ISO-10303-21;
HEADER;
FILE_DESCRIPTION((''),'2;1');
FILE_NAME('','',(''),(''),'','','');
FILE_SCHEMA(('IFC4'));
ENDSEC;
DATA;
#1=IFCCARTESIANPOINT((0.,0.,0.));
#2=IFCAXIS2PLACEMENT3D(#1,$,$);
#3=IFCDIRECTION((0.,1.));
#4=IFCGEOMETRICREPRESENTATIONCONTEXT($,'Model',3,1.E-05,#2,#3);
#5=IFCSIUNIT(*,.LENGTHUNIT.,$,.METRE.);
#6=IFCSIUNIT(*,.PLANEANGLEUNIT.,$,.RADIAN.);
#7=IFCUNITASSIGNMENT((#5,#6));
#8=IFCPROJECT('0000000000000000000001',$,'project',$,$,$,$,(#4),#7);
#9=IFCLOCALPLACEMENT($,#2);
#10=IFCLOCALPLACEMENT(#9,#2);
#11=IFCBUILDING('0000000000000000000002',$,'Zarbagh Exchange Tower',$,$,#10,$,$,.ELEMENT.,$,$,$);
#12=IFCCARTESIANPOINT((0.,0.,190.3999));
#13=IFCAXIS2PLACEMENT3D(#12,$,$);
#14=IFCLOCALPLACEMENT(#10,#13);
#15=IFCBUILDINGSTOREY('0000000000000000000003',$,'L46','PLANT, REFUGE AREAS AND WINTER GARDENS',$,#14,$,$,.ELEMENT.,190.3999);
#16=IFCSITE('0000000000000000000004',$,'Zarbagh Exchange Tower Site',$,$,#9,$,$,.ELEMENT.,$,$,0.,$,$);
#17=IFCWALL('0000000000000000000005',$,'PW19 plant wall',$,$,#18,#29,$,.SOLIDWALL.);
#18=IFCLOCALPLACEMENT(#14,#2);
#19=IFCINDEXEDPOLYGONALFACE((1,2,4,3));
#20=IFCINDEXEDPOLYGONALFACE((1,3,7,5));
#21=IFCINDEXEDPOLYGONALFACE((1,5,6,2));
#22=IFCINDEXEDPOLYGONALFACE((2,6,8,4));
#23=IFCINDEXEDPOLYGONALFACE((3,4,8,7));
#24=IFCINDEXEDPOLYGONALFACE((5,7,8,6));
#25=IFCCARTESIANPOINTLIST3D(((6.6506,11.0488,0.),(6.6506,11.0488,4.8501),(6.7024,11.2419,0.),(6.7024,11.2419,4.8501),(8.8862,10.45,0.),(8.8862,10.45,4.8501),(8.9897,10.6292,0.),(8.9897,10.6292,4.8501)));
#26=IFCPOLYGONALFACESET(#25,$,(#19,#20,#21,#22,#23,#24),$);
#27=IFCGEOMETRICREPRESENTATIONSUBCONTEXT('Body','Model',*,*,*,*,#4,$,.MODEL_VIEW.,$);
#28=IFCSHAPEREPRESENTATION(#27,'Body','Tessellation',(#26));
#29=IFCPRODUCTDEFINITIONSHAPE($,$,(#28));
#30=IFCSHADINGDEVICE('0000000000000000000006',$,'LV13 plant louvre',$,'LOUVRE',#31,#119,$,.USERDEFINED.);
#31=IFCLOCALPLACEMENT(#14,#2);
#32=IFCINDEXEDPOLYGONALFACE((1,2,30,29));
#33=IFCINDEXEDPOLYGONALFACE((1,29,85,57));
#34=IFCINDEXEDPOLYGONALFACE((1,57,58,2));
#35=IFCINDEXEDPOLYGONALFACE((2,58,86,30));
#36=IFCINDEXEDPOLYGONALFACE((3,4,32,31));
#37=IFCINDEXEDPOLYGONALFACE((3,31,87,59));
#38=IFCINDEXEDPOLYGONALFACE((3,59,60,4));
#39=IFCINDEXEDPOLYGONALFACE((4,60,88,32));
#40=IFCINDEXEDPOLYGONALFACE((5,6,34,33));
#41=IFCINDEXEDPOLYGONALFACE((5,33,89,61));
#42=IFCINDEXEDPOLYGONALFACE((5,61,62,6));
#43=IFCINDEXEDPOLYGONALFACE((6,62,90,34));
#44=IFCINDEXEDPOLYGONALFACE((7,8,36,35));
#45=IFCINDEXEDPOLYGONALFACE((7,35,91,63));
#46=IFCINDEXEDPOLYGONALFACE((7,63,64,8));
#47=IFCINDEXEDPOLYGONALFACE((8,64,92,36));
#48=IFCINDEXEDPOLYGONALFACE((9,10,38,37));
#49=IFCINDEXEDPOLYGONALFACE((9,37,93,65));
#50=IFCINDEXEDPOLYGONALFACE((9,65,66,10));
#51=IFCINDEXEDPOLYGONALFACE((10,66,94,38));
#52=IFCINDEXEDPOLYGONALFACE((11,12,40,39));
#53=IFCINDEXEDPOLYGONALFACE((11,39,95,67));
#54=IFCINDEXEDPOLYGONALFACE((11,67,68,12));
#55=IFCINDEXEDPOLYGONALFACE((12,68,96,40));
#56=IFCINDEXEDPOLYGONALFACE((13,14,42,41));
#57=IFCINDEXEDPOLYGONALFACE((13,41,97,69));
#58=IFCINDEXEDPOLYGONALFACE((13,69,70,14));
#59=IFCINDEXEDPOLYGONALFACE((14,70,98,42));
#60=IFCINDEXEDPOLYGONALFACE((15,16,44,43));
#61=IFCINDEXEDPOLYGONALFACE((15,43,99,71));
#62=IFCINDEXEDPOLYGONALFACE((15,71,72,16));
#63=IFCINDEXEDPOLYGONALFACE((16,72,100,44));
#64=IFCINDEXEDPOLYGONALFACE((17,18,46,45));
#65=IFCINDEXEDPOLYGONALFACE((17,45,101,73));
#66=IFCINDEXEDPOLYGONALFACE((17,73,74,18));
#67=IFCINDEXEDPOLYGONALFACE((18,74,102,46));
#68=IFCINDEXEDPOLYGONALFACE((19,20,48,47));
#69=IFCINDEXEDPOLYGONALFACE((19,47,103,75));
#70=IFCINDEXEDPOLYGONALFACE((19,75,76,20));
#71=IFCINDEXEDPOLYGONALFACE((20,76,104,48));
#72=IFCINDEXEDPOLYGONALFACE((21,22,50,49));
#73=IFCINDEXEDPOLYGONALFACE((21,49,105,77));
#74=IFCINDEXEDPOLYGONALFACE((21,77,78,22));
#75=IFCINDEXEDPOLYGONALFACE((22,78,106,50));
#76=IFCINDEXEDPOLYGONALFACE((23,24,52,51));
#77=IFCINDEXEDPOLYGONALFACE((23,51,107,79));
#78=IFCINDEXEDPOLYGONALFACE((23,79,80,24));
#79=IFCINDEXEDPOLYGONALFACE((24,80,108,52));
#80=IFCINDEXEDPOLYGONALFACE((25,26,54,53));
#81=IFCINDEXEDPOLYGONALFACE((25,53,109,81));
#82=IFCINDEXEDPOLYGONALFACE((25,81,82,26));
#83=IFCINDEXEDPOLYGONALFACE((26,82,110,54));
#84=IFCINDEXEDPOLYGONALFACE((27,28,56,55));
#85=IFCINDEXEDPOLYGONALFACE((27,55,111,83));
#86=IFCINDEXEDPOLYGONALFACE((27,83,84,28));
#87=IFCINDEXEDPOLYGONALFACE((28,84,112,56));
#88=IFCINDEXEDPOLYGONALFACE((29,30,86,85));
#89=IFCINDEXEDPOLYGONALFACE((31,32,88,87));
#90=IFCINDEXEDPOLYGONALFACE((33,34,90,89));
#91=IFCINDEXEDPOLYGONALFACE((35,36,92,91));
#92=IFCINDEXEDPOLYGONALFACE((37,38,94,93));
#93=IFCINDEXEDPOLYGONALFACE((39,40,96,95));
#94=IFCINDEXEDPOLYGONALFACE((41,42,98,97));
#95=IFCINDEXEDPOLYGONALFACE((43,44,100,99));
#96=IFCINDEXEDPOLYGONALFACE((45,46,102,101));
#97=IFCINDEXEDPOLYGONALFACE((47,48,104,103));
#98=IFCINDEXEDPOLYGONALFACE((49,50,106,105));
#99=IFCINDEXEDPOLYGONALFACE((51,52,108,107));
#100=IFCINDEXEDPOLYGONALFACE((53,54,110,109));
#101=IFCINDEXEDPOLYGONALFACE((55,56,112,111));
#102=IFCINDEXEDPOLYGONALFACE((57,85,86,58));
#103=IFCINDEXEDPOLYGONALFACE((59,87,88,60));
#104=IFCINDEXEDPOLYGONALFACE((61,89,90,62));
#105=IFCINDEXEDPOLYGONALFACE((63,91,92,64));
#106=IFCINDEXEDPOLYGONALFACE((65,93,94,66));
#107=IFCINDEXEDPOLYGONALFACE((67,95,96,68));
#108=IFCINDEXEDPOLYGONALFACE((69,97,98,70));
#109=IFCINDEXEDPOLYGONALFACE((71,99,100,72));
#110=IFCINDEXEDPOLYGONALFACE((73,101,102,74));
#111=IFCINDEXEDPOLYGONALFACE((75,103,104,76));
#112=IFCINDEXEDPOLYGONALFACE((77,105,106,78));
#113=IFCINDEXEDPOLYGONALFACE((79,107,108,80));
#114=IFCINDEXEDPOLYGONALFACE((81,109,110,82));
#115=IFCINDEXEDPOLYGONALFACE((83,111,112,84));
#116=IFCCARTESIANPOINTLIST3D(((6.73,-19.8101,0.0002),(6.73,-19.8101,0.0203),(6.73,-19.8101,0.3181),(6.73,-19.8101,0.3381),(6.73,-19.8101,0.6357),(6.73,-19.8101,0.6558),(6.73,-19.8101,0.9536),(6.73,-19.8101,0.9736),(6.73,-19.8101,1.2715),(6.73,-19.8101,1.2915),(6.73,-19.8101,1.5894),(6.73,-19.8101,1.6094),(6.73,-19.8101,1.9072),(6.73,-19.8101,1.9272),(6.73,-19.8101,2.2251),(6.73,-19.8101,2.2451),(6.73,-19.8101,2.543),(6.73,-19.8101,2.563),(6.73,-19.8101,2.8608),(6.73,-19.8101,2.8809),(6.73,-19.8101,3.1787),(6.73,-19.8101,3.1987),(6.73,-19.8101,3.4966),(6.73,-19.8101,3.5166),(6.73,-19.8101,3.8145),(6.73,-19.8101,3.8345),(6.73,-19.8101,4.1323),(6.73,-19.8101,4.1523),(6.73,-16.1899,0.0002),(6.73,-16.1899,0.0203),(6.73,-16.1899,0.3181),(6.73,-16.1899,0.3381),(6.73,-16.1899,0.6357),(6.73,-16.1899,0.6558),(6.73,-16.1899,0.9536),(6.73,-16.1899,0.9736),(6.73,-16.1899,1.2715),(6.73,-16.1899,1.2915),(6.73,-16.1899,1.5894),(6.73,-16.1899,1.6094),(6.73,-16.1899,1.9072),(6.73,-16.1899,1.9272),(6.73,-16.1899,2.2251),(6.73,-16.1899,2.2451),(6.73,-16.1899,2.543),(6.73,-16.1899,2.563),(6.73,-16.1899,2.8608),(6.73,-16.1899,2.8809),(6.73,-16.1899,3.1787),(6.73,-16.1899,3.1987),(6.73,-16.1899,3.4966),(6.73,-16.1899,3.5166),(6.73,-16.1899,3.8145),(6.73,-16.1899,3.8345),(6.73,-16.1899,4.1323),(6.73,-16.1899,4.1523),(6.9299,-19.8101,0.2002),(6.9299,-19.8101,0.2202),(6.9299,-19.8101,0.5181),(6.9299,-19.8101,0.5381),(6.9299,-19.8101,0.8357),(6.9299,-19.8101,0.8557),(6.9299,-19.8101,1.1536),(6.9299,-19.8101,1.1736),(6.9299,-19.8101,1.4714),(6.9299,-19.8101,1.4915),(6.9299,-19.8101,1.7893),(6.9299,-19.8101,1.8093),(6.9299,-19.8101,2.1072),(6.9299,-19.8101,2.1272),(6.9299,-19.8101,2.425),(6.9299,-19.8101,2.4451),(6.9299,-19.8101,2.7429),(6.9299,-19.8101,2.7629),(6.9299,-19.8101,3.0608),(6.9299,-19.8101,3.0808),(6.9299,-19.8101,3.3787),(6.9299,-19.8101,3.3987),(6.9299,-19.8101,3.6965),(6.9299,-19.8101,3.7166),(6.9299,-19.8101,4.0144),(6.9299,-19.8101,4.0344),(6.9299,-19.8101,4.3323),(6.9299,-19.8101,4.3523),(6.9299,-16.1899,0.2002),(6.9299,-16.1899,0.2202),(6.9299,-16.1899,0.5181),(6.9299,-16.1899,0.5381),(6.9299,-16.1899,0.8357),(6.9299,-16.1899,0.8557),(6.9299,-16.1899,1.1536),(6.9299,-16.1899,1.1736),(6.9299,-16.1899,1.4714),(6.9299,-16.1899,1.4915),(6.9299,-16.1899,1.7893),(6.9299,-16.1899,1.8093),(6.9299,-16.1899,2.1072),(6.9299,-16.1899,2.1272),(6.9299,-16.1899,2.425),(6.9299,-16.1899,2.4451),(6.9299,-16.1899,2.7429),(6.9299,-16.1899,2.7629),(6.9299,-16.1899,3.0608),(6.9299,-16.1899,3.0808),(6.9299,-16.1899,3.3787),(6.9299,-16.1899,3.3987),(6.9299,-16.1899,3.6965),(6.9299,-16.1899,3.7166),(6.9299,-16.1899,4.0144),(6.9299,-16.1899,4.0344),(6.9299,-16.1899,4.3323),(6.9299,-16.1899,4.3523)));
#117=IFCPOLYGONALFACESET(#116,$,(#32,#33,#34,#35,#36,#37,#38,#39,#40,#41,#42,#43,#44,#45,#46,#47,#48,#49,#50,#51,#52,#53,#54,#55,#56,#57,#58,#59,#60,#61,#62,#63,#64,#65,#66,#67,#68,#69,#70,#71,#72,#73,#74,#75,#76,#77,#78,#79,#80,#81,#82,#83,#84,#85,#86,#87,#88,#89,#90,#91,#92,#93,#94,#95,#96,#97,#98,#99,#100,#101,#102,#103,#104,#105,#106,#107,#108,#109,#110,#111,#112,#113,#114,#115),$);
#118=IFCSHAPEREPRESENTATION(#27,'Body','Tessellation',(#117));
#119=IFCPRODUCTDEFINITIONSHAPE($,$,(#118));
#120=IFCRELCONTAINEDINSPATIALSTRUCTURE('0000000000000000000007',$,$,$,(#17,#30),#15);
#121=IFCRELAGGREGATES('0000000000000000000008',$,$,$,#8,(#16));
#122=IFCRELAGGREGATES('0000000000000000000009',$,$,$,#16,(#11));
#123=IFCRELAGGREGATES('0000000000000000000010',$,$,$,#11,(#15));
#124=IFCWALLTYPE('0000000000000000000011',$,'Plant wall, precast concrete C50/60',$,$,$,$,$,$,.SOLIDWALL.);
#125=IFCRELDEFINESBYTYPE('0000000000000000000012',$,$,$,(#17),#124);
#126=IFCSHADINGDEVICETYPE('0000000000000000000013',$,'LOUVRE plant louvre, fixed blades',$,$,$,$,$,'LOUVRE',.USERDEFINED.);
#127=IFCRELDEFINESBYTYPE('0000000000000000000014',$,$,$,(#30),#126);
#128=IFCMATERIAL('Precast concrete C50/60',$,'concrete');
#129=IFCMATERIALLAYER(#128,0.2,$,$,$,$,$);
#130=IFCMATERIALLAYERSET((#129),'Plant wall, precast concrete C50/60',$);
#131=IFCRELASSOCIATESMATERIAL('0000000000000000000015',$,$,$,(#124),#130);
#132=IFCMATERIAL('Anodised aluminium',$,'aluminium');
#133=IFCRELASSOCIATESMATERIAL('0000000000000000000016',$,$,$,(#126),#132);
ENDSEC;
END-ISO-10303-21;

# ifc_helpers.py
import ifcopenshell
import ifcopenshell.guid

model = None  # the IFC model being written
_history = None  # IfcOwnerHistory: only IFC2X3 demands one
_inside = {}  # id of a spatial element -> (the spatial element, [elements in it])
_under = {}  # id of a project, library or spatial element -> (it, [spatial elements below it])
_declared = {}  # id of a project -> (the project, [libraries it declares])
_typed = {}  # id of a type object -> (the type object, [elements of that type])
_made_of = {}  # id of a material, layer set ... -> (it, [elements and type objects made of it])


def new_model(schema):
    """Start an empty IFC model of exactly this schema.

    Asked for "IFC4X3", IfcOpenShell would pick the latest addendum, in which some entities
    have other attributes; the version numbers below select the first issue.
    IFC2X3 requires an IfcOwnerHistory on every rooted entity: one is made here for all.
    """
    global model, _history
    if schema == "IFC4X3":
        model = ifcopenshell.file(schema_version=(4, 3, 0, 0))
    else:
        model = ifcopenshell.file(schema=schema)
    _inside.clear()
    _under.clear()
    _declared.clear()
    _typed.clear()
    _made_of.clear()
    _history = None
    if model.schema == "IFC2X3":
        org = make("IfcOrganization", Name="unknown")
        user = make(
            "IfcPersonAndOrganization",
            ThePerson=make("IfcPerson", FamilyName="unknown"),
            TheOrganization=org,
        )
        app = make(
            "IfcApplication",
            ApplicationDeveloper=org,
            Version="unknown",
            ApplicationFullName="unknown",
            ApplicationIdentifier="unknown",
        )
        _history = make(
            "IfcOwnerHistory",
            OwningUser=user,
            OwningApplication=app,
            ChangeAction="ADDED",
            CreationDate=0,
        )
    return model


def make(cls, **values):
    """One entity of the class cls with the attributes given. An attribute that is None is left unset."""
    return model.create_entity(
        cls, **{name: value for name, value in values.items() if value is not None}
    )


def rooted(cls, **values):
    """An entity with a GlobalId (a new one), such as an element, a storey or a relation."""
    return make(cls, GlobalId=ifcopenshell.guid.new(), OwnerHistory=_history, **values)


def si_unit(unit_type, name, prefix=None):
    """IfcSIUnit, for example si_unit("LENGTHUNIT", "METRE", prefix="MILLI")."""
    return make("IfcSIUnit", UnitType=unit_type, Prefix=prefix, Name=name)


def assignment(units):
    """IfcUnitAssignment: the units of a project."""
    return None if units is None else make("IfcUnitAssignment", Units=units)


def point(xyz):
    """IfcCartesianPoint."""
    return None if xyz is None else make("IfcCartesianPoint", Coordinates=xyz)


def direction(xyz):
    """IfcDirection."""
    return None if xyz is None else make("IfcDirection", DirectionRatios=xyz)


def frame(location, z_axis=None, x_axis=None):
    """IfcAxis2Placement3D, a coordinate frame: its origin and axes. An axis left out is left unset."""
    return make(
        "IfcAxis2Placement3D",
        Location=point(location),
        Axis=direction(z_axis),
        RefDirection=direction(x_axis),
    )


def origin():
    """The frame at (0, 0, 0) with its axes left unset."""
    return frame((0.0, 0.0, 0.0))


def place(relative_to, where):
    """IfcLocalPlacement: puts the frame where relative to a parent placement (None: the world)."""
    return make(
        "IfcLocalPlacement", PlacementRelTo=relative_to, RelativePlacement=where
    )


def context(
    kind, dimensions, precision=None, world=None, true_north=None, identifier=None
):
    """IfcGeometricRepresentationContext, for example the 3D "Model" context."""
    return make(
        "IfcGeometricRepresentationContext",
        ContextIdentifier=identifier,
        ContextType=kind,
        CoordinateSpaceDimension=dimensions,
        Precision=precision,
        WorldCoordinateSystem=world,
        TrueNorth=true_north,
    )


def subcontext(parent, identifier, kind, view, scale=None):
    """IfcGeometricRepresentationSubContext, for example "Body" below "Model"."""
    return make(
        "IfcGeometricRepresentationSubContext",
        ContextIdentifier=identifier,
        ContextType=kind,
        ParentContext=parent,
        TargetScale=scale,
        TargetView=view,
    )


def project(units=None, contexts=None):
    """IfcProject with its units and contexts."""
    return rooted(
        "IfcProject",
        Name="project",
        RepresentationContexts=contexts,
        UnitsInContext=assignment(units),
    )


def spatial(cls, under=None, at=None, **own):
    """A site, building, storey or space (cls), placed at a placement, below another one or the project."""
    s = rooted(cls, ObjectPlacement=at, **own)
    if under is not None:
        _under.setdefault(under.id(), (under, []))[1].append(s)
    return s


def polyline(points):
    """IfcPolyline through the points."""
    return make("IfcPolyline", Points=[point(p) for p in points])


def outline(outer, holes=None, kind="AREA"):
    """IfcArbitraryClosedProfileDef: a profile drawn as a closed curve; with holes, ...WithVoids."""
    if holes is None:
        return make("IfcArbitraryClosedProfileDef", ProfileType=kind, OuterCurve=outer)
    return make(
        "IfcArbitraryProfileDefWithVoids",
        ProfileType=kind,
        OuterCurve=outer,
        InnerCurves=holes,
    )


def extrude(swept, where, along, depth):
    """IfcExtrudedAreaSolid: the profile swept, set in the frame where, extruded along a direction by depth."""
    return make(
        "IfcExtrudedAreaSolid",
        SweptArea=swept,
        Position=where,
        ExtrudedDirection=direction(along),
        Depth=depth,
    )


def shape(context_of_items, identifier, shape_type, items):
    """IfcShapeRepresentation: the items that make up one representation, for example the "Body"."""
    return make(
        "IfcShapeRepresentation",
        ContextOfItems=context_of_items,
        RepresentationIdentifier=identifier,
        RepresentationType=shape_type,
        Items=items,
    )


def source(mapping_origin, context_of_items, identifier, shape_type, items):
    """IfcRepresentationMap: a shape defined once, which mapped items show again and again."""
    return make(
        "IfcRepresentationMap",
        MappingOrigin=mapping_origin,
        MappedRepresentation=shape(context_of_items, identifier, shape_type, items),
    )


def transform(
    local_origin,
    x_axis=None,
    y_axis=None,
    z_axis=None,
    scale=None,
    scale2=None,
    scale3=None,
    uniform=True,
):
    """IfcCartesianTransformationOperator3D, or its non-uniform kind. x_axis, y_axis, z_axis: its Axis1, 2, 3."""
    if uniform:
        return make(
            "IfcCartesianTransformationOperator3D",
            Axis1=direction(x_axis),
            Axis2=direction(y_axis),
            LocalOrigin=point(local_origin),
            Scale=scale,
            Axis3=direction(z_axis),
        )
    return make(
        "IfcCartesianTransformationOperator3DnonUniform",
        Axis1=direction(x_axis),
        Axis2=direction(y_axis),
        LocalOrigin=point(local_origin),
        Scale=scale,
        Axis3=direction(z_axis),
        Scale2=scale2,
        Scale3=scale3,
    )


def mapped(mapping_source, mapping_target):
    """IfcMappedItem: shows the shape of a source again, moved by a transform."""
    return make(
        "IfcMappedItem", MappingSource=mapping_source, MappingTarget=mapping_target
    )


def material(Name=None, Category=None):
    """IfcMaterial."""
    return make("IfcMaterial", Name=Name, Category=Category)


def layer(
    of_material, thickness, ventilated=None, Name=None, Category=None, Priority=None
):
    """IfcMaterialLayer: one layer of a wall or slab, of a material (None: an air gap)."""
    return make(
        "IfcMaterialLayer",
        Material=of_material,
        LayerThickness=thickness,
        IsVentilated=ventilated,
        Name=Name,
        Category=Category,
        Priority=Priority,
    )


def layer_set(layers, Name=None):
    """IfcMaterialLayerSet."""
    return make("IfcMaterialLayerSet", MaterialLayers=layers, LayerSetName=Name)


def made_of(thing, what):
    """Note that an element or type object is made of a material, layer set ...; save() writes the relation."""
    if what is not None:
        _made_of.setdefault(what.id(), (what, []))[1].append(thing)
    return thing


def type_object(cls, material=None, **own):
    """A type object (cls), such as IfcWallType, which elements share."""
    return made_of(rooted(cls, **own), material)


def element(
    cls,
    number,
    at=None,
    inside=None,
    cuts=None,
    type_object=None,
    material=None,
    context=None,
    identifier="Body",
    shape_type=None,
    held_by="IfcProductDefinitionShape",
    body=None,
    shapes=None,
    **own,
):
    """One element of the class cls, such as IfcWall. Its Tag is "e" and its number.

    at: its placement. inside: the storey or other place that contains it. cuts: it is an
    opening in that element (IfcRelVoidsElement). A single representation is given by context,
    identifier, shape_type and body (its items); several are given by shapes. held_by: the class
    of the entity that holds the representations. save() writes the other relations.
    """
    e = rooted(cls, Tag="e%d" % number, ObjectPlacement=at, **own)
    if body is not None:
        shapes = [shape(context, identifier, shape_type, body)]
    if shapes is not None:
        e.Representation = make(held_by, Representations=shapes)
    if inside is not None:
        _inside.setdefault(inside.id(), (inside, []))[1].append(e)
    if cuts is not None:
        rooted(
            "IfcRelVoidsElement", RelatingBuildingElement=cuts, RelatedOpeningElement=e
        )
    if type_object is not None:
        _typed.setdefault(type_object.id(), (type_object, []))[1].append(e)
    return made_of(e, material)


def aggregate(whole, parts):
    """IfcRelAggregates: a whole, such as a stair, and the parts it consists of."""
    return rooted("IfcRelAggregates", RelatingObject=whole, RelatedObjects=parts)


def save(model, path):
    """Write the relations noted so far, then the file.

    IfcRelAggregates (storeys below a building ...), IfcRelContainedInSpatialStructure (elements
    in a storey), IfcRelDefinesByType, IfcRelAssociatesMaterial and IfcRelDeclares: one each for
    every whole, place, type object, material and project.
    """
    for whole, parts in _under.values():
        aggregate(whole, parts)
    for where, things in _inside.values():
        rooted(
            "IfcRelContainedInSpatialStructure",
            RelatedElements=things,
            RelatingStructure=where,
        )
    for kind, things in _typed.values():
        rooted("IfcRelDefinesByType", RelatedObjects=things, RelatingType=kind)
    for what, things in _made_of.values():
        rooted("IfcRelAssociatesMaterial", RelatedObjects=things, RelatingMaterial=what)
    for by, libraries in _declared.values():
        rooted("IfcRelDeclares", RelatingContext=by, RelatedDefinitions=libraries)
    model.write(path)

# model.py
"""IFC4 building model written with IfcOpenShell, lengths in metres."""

from ifc_helpers import new_model, si_unit, direction, frame, origin, place, context, subcontext, project, spatial, polyline, outline, extrude, source, transform, mapped, material, layer, layer_set, type_object, element, save


model = new_model("IFC4")

# Units and contexts
model_context = context("Model", 3, precision=1e-05, world=origin(), true_north=direction((0.0, 1.0)))
body_context = subcontext(model_context, "Body", "Model", "MODEL_VIEW")
ifc_project = project(units=[si_unit("LENGTHUNIT", "METRE"), si_unit("PLANEANGLEUNIT", "RADIAN")], contexts=[model_context])

# Site, building, storey
site_placement = place(None, origin())
site = spatial("IfcSite", under=ifc_project, at=site_placement, Name="Zarbagh Exchange Tower Site", CompositionType="ELEMENT", RefElevation=0.0)
building_placement = place(site_placement, origin())
building = spatial("IfcBuilding", under=site, at=building_placement, Name="Zarbagh Exchange Tower", CompositionType="ELEMENT")
storey_placement = place(building_placement, frame((0.0, 0.0, 190.3999)))
storey = spatial("IfcBuildingStorey", under=building, at=storey_placement, Name="L46", Description="PLANT, REFUGE AREAS AND WINTER GARDENS", CompositionType="ELEMENT", Elevation=190.3999)

# Wall
ifc_material_1 = material(Name="Precast concrete C50/60", Category="concrete")
ifc_layer_1 = layer(ifc_material_1, 0.2)
ifc_layer_set_1 = layer_set([ifc_layer_1], Name="Plant wall, precast concrete C50/60")
wall_type = type_object("IfcWallType", Name="Plant wall, precast concrete C50/60", PredefinedType="SOLIDWALL", material=ifc_layer_set_1)
wall_1_placement = place(storey_placement, origin())
element("IfcWall", 1, at=wall_1_placement, inside=storey, type_object=wall_type, Name="PW19 plant wall", PredefinedType="SOLIDWALL", context=body_context, shape_type="SweptSolid", body=[
    extrude(outline(polyline([(8.9897, 10.6292), (6.7024, 11.2419), (6.6506, 11.0488), (8.8862, 10.45), (8.9897, 10.6292)])), origin(), (0.0, 0.0, 1.0), 4.8501),
])

# Shared definitions
placement = place(storey_placement, origin())

# Shading device
ifc_material_2 = material(Name="Anodised aluminium", Category="aluminium")
shading_device_type = type_object("IfcShadingDeviceType", Name="LOUVRE plant louvre, fixed blades", ElementType="LOUVRE", PredefinedType="USERDEFINED", material=ifc_material_2)
shared_shape_1 = source(origin(), body_context, "Body", "SweptSolid", [
    extrude(outline(polyline([(0.0, 0.2), (0.2, 0.0), (0.2, -0.02), (0.0, 0.1799), (0.0, 0.2)])), origin(), (0.0, 0.0, 1.0), 3.6201),
])
element("IfcShadingDevice", 2, at=placement, inside=storey, type_object=shading_device_type, Name="LV13 plant louvre", ObjectType="LOUVRE", PredefinedType="USERDEFINED", context=body_context, shape_type="MappedRepresentation", body=[
    mapped(shared_shape_1, transform((6.73, -19.8101, 0.2002), x_axis=(1.0, 0.0, 0.0), y_axis=(0.0, 0.0, -1.0), z_axis=(0.0, 1.0, 0.0))),
    mapped(shared_shape_1, transform((6.73, -19.8101, 0.5181), x_axis=(1.0, 0.0, 0.0), y_axis=(0.0, 0.0, -1.0), z_axis=(0.0, 1.0, 0.0))),
    mapped(shared_shape_1, transform((6.73, -19.8101, 0.8357), x_axis=(1.0, 0.0, 0.0), y_axis=(0.0, 0.0, -1.0), z_axis=(0.0, 1.0, 0.0))),
    mapped(shared_shape_1, transform((6.73, -19.8101, 1.1536), x_axis=(1.0, 0.0, 0.0), y_axis=(0.0, 0.0, -1.0), z_axis=(0.0, 1.0, 0.0))),
    mapped(shared_shape_1, transform((6.73, -19.8101, 1.4714), x_axis=(1.0, 0.0, 0.0), y_axis=(0.0, 0.0, -1.0), z_axis=(0.0, 1.0, 0.0))),
    mapped(shared_shape_1, transform((6.73, -19.8101, 1.7893), x_axis=(1.0, 0.0, 0.0), y_axis=(0.0, 0.0, -1.0), z_axis=(0.0, 1.0, 0.0))),
    mapped(shared_shape_1, transform((6.73, -19.8101, 2.1072), x_axis=(1.0, 0.0, 0.0), y_axis=(0.0, 0.0, -1.0), z_axis=(0.0, 1.0, 0.0))),
    mapped(shared_shape_1, transform((6.73, -19.8101, 2.425), x_axis=(1.0, 0.0, 0.0), y_axis=(0.0, 0.0, -1.0), z_axis=(0.0, 1.0, 0.0))),
    mapped(shared_shape_1, transform((6.73, -19.8101, 2.7429), x_axis=(1.0, 0.0, 0.0), y_axis=(0.0, 0.0, -1.0), z_axis=(0.0, 1.0, 0.0))),
    mapped(shared_shape_1, transform((6.73, -19.8101, 3.0608), x_axis=(1.0, 0.0, 0.0), y_axis=(0.0, 0.0, -1.0), z_axis=(0.0, 1.0, 0.0))),
    mapped(shared_shape_1, transform((6.73, -19.8101, 3.3787), x_axis=(1.0, 0.0, 0.0), y_axis=(0.0, 0.0, -1.0), z_axis=(0.0, 1.0, 0.0))),
    mapped(shared_shape_1, transform((6.73, -19.8101, 3.6965), x_axis=(1.0, 0.0, 0.0), y_axis=(0.0, 0.0, -1.0), z_axis=(0.0, 1.0, 0.0))),
    mapped(shared_shape_1, transform((6.73, -19.8101, 4.0144), x_axis=(1.0, 0.0, 0.0), y_axis=(0.0, 0.0, -1.0), z_axis=(0.0, 1.0, 0.0))),
    mapped(shared_shape_1, transform((6.73, -19.8101, 4.3323), x_axis=(1.0, 0.0, 0.0), y_axis=(0.0, 0.0, -1.0), z_axis=(0.0, 1.0, 0.0))),
])

save(model, "model.ifc")
